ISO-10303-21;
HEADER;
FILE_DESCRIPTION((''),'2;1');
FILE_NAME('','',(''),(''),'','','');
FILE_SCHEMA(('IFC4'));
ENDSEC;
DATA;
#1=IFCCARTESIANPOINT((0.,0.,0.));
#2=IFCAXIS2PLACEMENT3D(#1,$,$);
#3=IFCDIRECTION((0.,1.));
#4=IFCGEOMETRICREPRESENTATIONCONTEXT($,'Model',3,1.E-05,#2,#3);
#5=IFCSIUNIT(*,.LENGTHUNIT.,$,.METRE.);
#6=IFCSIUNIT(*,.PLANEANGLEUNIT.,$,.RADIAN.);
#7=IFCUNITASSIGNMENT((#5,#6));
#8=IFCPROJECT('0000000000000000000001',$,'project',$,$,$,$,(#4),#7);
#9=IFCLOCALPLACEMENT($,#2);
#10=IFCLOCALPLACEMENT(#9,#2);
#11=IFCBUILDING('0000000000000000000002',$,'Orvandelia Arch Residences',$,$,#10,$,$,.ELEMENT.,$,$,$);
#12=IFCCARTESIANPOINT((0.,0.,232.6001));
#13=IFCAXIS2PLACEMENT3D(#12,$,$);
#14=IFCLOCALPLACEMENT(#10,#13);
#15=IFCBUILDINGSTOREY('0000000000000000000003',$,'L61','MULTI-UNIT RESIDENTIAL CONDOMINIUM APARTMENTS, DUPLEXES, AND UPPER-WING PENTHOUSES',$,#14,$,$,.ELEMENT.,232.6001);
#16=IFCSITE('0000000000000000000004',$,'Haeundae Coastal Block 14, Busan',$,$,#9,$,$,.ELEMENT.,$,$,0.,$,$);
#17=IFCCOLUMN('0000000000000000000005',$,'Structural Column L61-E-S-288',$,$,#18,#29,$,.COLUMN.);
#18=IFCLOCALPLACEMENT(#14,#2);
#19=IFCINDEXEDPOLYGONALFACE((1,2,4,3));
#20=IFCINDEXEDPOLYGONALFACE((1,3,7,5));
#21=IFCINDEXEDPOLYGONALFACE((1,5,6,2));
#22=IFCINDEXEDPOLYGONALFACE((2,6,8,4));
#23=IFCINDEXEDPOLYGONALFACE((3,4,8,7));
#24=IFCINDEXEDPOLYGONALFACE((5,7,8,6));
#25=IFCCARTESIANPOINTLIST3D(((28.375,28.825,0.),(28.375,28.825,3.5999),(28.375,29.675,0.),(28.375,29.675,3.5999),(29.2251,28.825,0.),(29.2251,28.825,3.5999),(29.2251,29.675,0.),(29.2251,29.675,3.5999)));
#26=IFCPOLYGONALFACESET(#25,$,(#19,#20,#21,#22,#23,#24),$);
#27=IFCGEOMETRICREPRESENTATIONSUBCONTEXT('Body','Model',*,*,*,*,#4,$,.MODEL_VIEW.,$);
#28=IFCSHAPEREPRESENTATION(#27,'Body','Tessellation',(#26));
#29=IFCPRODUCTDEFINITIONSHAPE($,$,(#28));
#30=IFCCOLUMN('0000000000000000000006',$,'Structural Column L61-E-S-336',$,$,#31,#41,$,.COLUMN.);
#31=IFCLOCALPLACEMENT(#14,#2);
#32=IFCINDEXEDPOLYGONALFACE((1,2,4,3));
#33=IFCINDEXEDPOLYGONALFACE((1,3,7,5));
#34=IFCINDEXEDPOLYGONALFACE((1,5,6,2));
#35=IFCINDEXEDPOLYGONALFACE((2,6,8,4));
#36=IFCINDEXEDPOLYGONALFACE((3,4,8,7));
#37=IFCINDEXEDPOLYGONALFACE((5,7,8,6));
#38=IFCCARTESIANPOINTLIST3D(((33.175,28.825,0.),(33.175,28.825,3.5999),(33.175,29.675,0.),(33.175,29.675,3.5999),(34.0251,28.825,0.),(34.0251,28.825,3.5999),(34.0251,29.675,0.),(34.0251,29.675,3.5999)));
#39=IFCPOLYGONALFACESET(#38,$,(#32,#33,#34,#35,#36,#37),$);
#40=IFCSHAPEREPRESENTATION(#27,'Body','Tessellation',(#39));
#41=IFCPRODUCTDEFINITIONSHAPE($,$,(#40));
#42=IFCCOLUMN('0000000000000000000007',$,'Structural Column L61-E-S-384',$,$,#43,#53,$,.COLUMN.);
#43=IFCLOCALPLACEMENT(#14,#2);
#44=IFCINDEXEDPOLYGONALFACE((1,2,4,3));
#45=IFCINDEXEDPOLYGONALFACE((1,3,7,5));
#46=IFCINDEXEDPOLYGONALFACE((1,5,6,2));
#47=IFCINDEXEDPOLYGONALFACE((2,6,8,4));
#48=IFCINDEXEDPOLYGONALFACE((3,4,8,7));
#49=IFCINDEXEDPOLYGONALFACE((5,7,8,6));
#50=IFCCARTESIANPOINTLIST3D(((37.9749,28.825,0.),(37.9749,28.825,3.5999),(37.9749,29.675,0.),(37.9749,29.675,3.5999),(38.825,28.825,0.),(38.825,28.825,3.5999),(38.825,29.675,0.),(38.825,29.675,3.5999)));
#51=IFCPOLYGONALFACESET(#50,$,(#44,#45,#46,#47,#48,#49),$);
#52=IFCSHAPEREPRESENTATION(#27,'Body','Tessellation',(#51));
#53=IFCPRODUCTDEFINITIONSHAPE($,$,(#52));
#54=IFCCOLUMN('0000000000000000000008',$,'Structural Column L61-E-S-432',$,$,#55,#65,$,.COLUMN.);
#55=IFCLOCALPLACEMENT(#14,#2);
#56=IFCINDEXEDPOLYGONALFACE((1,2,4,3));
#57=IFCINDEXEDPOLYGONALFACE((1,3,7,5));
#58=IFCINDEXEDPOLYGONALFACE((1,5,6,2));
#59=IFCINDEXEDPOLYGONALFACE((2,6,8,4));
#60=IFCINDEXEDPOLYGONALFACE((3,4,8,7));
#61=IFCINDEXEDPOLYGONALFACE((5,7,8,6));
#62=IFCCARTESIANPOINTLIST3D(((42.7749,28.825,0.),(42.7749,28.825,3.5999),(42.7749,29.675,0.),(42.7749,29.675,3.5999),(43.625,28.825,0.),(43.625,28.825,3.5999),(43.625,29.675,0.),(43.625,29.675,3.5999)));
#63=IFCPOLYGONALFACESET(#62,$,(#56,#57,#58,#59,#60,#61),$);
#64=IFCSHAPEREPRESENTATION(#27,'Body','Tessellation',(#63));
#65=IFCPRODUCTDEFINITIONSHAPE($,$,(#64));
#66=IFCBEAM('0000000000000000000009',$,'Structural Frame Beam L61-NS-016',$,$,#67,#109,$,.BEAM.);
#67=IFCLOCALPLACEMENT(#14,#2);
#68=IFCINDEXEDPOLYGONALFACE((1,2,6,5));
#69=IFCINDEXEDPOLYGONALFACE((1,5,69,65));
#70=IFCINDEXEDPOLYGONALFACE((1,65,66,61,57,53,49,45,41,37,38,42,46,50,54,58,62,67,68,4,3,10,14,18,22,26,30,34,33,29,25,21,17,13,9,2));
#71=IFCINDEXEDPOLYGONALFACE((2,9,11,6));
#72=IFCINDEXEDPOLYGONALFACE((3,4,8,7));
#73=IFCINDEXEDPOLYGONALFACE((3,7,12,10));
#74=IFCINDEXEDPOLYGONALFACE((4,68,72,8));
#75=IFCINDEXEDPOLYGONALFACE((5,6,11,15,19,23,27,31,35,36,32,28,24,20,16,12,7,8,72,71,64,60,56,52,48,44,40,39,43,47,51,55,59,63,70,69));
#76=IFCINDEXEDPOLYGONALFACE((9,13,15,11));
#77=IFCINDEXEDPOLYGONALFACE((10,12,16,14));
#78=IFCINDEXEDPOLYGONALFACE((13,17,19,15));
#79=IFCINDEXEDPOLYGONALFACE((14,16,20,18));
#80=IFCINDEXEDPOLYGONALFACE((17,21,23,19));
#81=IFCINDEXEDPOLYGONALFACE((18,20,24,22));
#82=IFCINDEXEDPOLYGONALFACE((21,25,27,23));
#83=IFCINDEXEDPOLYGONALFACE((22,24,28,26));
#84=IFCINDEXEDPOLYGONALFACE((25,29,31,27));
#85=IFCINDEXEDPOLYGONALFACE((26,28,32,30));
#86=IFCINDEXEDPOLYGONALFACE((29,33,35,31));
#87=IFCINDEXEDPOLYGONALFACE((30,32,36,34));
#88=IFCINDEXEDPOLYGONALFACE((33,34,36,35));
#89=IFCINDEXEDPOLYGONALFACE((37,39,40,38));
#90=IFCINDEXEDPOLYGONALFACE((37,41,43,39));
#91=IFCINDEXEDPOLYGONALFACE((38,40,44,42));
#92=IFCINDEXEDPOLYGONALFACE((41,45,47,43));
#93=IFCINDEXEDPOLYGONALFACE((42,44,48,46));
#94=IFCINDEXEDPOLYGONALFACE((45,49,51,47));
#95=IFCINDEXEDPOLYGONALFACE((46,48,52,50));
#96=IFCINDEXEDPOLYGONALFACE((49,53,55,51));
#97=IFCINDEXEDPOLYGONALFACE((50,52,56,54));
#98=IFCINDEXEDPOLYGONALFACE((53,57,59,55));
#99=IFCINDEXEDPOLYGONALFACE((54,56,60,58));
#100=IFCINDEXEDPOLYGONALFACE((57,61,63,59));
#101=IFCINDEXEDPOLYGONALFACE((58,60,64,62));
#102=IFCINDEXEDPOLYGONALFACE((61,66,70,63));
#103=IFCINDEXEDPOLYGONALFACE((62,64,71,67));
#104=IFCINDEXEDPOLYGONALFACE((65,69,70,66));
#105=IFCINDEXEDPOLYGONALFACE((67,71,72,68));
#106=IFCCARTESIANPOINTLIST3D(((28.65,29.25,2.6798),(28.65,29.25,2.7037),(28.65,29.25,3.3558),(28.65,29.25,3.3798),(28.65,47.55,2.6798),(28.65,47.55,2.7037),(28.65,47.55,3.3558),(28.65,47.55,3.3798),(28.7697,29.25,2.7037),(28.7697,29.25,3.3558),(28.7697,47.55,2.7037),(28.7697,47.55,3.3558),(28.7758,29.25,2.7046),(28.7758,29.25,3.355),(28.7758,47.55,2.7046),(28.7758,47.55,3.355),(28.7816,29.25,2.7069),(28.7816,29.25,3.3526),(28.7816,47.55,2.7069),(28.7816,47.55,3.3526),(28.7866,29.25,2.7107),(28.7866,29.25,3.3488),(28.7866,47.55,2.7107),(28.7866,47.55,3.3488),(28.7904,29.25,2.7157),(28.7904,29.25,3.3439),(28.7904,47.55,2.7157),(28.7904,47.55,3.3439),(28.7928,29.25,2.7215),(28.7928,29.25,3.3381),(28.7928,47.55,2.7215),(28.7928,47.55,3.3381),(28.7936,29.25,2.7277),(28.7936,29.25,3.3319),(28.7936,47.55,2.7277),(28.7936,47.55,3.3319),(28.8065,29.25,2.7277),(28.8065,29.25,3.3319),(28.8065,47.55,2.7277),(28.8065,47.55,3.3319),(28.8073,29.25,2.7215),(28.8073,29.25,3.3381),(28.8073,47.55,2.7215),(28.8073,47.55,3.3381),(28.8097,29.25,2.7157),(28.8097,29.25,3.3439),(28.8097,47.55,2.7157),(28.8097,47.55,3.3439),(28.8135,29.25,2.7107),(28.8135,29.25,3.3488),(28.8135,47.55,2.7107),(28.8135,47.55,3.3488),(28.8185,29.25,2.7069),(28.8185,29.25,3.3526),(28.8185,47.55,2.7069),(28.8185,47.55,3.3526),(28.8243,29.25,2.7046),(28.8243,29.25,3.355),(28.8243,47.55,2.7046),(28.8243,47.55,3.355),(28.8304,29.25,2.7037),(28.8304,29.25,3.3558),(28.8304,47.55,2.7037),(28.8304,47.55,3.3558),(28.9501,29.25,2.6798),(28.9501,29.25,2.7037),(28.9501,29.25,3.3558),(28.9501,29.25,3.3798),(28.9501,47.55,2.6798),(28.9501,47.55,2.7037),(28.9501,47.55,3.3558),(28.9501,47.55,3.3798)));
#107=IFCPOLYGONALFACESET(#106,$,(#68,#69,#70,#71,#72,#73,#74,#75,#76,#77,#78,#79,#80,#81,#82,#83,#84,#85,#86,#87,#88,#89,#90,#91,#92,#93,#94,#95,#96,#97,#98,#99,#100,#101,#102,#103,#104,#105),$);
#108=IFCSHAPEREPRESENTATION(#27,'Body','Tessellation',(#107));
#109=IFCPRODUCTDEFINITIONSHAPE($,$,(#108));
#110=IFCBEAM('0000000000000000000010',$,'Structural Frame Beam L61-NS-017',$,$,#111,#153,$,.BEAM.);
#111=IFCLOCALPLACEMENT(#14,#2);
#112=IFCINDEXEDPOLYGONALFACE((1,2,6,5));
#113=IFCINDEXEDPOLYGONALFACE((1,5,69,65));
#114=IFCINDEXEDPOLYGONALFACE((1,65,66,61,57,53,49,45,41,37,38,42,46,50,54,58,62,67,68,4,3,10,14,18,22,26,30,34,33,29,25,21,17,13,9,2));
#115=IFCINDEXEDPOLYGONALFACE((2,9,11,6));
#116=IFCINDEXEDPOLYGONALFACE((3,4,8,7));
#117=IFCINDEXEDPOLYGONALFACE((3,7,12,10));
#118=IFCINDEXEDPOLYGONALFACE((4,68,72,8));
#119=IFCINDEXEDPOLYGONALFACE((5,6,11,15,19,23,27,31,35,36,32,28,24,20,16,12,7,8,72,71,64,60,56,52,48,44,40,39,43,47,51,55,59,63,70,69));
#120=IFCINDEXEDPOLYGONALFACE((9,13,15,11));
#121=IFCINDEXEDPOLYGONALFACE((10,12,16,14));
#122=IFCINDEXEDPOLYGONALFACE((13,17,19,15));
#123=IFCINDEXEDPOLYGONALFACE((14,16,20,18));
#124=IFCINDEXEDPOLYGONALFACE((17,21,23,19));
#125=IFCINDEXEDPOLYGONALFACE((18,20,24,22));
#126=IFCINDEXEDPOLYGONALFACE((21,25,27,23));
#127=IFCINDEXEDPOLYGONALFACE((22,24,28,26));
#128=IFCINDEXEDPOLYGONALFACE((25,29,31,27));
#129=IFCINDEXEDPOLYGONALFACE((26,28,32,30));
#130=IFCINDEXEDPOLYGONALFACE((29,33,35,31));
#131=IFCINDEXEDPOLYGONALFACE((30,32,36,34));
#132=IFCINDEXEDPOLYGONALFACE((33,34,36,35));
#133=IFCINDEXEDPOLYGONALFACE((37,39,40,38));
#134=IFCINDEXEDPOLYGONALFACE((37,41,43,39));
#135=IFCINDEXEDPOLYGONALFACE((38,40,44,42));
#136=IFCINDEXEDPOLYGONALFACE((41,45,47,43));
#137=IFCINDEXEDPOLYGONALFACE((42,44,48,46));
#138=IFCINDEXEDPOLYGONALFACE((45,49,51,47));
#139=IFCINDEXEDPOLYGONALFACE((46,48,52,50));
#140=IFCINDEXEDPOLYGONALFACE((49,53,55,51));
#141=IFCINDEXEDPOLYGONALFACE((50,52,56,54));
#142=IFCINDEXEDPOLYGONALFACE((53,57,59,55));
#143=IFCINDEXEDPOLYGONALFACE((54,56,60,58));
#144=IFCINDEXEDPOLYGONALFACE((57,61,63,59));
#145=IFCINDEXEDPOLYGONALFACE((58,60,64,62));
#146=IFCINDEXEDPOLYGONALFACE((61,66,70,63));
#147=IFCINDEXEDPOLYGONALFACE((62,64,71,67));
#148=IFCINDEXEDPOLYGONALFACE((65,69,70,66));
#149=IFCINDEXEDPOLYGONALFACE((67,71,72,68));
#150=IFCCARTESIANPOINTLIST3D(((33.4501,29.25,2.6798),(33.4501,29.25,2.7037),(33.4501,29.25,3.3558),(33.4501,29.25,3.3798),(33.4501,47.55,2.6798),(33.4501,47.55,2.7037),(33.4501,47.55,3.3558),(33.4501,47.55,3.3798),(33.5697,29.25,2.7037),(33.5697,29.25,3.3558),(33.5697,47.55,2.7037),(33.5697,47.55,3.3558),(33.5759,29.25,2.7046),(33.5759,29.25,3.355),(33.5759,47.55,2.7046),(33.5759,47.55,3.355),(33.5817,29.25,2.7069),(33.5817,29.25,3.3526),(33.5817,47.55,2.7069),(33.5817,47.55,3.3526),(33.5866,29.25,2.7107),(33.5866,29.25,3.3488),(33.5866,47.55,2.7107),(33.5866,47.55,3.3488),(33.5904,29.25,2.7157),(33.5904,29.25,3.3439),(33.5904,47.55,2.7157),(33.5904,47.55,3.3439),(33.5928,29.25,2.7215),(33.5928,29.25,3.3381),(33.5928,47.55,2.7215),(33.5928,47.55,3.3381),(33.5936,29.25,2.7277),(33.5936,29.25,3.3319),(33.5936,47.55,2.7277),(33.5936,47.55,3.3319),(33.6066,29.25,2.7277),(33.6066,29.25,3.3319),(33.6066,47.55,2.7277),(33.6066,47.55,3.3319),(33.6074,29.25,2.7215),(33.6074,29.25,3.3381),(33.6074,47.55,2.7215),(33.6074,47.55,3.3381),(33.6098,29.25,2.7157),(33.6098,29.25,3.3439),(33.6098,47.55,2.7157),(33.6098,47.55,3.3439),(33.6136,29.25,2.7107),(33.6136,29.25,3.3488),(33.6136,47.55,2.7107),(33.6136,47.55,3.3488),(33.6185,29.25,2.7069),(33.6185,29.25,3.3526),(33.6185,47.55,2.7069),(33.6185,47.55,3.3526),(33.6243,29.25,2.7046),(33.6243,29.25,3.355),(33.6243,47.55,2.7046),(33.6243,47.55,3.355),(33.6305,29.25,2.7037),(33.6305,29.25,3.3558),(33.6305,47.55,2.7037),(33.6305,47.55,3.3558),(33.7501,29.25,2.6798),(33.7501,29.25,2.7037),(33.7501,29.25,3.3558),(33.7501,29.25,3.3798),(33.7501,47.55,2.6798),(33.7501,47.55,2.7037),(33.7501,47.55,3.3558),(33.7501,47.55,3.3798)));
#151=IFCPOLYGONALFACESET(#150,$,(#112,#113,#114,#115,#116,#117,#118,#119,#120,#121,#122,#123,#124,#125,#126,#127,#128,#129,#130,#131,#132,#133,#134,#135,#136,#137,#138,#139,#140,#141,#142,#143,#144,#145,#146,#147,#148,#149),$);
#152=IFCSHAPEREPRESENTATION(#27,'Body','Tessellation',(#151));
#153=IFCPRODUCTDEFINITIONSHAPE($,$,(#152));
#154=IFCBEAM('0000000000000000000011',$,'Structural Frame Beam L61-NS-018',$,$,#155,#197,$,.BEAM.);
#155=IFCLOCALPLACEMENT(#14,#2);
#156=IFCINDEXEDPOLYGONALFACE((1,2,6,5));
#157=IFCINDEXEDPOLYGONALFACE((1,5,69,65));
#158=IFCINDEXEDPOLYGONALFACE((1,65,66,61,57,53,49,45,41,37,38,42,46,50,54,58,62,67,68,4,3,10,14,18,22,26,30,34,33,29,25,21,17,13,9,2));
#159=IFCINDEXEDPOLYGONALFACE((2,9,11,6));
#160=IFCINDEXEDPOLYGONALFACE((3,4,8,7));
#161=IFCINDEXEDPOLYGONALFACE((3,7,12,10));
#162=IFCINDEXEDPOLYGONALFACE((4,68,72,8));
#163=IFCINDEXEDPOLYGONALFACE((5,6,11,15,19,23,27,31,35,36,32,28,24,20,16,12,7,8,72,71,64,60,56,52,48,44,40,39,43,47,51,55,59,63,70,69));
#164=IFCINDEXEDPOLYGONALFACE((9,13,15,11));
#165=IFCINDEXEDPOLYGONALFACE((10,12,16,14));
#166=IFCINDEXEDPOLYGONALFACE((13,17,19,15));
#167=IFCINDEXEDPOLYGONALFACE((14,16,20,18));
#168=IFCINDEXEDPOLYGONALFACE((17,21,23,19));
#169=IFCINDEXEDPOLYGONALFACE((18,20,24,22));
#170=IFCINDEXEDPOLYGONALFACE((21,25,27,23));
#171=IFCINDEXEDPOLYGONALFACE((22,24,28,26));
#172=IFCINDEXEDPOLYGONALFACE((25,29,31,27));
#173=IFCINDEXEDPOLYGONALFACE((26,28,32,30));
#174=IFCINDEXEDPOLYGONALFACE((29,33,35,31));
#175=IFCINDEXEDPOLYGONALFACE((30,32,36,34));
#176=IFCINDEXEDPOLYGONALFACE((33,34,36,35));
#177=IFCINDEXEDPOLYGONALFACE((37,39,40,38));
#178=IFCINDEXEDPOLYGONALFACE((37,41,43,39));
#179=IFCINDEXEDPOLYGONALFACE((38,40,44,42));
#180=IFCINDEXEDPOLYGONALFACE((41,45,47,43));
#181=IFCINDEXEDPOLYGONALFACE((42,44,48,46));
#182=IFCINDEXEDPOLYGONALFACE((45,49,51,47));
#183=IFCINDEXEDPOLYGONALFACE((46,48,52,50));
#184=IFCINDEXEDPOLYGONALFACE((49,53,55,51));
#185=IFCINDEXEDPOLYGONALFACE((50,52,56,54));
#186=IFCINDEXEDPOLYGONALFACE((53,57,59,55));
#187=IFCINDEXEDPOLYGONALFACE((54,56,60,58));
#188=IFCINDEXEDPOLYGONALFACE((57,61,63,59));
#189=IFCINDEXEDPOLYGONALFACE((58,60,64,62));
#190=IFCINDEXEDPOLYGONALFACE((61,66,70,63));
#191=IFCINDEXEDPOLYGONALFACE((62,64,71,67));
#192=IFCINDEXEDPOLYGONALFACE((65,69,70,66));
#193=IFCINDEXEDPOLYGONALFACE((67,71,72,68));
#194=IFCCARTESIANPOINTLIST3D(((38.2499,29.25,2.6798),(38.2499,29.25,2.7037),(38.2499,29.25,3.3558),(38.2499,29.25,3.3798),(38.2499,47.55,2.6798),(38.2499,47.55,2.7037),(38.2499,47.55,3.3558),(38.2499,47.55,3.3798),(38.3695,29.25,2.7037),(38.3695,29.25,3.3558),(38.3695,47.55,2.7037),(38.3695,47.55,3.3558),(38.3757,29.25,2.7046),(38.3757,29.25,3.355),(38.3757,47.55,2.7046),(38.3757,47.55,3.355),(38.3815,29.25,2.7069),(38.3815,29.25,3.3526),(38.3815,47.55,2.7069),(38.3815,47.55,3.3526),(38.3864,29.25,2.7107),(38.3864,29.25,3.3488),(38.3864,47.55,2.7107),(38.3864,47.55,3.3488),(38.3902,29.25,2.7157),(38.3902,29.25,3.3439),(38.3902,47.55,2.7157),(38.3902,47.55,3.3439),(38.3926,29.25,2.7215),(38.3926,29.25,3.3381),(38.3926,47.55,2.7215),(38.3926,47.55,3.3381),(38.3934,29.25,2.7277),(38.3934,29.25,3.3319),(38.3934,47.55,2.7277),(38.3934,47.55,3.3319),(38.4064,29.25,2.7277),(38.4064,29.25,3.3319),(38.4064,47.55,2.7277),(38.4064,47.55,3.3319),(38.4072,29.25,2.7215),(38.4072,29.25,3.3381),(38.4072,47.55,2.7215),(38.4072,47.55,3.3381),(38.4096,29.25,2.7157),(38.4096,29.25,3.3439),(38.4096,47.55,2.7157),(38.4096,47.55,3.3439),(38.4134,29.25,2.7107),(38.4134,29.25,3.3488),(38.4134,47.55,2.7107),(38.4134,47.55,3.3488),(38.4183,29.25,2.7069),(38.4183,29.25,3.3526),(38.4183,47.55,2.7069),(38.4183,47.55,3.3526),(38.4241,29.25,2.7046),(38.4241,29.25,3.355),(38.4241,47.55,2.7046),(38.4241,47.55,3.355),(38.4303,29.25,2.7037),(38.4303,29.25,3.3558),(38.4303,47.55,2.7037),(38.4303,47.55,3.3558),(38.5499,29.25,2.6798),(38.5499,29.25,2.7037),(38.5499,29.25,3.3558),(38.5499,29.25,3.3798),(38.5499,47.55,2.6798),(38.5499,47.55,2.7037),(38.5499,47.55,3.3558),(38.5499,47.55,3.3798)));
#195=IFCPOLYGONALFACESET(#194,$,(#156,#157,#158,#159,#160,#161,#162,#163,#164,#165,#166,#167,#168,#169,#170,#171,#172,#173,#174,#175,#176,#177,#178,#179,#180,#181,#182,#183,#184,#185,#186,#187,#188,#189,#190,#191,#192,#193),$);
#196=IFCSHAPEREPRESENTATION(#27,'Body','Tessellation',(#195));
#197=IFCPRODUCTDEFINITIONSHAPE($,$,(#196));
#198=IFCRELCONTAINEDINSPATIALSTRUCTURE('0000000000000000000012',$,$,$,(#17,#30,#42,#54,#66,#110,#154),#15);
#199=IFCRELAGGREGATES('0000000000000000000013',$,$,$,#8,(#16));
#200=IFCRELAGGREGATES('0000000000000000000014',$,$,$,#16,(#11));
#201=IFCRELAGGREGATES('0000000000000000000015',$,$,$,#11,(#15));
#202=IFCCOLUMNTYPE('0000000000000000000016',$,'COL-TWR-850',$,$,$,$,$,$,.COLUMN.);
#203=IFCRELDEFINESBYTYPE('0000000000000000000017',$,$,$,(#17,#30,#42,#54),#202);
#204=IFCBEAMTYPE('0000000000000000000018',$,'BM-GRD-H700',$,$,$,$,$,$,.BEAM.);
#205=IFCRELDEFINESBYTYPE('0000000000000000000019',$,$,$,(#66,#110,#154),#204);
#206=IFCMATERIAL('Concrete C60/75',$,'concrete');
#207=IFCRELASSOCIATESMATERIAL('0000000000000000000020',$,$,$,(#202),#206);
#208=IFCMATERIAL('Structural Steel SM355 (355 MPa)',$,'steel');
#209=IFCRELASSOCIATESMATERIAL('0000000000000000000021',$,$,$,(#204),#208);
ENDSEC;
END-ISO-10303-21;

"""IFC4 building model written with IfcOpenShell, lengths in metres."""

from ifc_helpers import new_model, si_unit, direction, frame, origin, origin_2d, place, context, subcontext, project, spatial, rectangle, i_section, extrude, material, material_profile, profile_set, type_object, element, save


model = new_model("IFC4")

# Units and contexts
model_context = context("Model", 3, precision=1e-05, world=origin(), true_north=direction((0.0, 1.0)))
body_context = subcontext(model_context, "Body", "Model", "MODEL_VIEW")
ifc_project = project(units=[si_unit("LENGTHUNIT", "METRE"), si_unit("PLANEANGLEUNIT", "RADIAN")], contexts=[model_context])

# Site, building, storey
site_placement = place(None, origin())
site = spatial("IfcSite", under=ifc_project, at=site_placement, Name="Haeundae Coastal Block 14, Busan", CompositionType="ELEMENT", RefElevation=0.0)
building_placement = place(site_placement, origin())
building = spatial("IfcBuilding", under=site, at=building_placement, Name="Orvandelia Arch Residences", CompositionType="ELEMENT")
storey_placement = place(building_placement, frame((0.0, 0.0, 232.6001)))
storey = spatial("IfcBuildingStorey", under=building, at=storey_placement, Name="L61", Description="MULTI-UNIT RESIDENTIAL CONDOMINIUM APARTMENTS, DUPLEXES, AND UPPER-WING PENTHOUSES", CompositionType="ELEMENT", Elevation=232.6001)

# Columns
ifc_material_1 = material(Name="Concrete C60/75", Category="concrete")
ifc_material_profile_1 = material_profile(ifc_material_1, rectangle(XDim=0.8501, YDim=0.8501, at=origin_2d()), Name="Concrete C60/75", Category="concrete")
ifc_profile_set_1 = profile_set([ifc_material_profile_1], Name="Concrete C60/75")
column_type = type_object("IfcColumnType", Name="COL-TWR-850", PredefinedType="COLUMN", material=ifc_profile_set_1)
for number, where, z_axis, x_axis, name in (
    (1, (28.8, 29.25, 0.0), (0.0, 0.0, 1.0), (1.0, 0.0, 0.0), "Structural Column L61-E-S-288"),
    (2, (33.6001, 29.25, 0.0), (0.0, 0.0, 1.0), (1.0, 0.0, 0.0), "Structural Column L61-E-S-336"),
    (3, (38.3999, 29.25, 0.0), (0.0, 0.0, 1.0), (1.0, 0.0, 0.0), "Structural Column L61-E-S-384"),
    (4, (43.2, 29.25, 0.0), (0.0, 0.0, 1.0), (1.0, 0.0, 0.0), "Structural Column L61-E-S-432"),
):
    element("IfcColumn", number, at=place(storey_placement, frame(where, z_axis=z_axis, x_axis=x_axis)), inside=storey, type_object=column_type, Name=name, PredefinedType="COLUMN", context=body_context, shape_type="SweptSolid", body=[
        extrude(rectangle(XDim=0.8501, YDim=0.8501, at=origin_2d()), origin(), (0.0, 0.0, 1.0), 3.5999),
    ])

# Beams
ifc_material_2 = material(Name="Structural Steel SM355 (355 MPa)", Category="steel")
ifc_material_profile_2 = material_profile(ifc_material_2, i_section(OverallWidth=0.3, OverallDepth=0.7, WebThickness=0.0129, FlangeThickness=0.0239, FilletRadius=0.0239, at=origin_2d()), Name="Structural Steel SM355 (355 MPa)", Category="steel")
ifc_profile_set_2 = profile_set([ifc_material_profile_2], Name="Structural Steel SM355 (355 MPa)")
beam_type = type_object("IfcBeamType", Name="BM-GRD-H700", PredefinedType="BEAM", material=ifc_profile_set_2)
for number, where, z_axis, x_axis, name in (
    (5, (28.8, 29.25, 3.0298), (0.0, 1.0, 0.0), (-1.0, 0.0, 0.0), "Structural Frame Beam L61-NS-016"),
    (6, (33.6001, 29.25, 3.0298), (0.0, 1.0, 0.0), (-1.0, 0.0, 0.0), "Structural Frame Beam L61-NS-017"),
    (7, (38.3999, 29.25, 3.0298), (0.0, 1.0, 0.0), (-1.0, 0.0, 0.0), "Structural Frame Beam L61-NS-018"),
):
    element("IfcBeam", number, at=place(storey_placement, frame(where, z_axis=z_axis, x_axis=x_axis)), inside=storey, type_object=beam_type, Name=name, PredefinedType="BEAM", context=body_context, shape_type="SweptSolid", body=[
        extrude(i_section(OverallWidth=0.3, OverallDepth=0.7, WebThickness=0.0129, FlangeThickness=0.0239, FilletRadius=0.0239, at=origin_2d()), origin(), (0.0, 0.0, 1.0), 18.3),
    ])

save(model, "model.ifc")
